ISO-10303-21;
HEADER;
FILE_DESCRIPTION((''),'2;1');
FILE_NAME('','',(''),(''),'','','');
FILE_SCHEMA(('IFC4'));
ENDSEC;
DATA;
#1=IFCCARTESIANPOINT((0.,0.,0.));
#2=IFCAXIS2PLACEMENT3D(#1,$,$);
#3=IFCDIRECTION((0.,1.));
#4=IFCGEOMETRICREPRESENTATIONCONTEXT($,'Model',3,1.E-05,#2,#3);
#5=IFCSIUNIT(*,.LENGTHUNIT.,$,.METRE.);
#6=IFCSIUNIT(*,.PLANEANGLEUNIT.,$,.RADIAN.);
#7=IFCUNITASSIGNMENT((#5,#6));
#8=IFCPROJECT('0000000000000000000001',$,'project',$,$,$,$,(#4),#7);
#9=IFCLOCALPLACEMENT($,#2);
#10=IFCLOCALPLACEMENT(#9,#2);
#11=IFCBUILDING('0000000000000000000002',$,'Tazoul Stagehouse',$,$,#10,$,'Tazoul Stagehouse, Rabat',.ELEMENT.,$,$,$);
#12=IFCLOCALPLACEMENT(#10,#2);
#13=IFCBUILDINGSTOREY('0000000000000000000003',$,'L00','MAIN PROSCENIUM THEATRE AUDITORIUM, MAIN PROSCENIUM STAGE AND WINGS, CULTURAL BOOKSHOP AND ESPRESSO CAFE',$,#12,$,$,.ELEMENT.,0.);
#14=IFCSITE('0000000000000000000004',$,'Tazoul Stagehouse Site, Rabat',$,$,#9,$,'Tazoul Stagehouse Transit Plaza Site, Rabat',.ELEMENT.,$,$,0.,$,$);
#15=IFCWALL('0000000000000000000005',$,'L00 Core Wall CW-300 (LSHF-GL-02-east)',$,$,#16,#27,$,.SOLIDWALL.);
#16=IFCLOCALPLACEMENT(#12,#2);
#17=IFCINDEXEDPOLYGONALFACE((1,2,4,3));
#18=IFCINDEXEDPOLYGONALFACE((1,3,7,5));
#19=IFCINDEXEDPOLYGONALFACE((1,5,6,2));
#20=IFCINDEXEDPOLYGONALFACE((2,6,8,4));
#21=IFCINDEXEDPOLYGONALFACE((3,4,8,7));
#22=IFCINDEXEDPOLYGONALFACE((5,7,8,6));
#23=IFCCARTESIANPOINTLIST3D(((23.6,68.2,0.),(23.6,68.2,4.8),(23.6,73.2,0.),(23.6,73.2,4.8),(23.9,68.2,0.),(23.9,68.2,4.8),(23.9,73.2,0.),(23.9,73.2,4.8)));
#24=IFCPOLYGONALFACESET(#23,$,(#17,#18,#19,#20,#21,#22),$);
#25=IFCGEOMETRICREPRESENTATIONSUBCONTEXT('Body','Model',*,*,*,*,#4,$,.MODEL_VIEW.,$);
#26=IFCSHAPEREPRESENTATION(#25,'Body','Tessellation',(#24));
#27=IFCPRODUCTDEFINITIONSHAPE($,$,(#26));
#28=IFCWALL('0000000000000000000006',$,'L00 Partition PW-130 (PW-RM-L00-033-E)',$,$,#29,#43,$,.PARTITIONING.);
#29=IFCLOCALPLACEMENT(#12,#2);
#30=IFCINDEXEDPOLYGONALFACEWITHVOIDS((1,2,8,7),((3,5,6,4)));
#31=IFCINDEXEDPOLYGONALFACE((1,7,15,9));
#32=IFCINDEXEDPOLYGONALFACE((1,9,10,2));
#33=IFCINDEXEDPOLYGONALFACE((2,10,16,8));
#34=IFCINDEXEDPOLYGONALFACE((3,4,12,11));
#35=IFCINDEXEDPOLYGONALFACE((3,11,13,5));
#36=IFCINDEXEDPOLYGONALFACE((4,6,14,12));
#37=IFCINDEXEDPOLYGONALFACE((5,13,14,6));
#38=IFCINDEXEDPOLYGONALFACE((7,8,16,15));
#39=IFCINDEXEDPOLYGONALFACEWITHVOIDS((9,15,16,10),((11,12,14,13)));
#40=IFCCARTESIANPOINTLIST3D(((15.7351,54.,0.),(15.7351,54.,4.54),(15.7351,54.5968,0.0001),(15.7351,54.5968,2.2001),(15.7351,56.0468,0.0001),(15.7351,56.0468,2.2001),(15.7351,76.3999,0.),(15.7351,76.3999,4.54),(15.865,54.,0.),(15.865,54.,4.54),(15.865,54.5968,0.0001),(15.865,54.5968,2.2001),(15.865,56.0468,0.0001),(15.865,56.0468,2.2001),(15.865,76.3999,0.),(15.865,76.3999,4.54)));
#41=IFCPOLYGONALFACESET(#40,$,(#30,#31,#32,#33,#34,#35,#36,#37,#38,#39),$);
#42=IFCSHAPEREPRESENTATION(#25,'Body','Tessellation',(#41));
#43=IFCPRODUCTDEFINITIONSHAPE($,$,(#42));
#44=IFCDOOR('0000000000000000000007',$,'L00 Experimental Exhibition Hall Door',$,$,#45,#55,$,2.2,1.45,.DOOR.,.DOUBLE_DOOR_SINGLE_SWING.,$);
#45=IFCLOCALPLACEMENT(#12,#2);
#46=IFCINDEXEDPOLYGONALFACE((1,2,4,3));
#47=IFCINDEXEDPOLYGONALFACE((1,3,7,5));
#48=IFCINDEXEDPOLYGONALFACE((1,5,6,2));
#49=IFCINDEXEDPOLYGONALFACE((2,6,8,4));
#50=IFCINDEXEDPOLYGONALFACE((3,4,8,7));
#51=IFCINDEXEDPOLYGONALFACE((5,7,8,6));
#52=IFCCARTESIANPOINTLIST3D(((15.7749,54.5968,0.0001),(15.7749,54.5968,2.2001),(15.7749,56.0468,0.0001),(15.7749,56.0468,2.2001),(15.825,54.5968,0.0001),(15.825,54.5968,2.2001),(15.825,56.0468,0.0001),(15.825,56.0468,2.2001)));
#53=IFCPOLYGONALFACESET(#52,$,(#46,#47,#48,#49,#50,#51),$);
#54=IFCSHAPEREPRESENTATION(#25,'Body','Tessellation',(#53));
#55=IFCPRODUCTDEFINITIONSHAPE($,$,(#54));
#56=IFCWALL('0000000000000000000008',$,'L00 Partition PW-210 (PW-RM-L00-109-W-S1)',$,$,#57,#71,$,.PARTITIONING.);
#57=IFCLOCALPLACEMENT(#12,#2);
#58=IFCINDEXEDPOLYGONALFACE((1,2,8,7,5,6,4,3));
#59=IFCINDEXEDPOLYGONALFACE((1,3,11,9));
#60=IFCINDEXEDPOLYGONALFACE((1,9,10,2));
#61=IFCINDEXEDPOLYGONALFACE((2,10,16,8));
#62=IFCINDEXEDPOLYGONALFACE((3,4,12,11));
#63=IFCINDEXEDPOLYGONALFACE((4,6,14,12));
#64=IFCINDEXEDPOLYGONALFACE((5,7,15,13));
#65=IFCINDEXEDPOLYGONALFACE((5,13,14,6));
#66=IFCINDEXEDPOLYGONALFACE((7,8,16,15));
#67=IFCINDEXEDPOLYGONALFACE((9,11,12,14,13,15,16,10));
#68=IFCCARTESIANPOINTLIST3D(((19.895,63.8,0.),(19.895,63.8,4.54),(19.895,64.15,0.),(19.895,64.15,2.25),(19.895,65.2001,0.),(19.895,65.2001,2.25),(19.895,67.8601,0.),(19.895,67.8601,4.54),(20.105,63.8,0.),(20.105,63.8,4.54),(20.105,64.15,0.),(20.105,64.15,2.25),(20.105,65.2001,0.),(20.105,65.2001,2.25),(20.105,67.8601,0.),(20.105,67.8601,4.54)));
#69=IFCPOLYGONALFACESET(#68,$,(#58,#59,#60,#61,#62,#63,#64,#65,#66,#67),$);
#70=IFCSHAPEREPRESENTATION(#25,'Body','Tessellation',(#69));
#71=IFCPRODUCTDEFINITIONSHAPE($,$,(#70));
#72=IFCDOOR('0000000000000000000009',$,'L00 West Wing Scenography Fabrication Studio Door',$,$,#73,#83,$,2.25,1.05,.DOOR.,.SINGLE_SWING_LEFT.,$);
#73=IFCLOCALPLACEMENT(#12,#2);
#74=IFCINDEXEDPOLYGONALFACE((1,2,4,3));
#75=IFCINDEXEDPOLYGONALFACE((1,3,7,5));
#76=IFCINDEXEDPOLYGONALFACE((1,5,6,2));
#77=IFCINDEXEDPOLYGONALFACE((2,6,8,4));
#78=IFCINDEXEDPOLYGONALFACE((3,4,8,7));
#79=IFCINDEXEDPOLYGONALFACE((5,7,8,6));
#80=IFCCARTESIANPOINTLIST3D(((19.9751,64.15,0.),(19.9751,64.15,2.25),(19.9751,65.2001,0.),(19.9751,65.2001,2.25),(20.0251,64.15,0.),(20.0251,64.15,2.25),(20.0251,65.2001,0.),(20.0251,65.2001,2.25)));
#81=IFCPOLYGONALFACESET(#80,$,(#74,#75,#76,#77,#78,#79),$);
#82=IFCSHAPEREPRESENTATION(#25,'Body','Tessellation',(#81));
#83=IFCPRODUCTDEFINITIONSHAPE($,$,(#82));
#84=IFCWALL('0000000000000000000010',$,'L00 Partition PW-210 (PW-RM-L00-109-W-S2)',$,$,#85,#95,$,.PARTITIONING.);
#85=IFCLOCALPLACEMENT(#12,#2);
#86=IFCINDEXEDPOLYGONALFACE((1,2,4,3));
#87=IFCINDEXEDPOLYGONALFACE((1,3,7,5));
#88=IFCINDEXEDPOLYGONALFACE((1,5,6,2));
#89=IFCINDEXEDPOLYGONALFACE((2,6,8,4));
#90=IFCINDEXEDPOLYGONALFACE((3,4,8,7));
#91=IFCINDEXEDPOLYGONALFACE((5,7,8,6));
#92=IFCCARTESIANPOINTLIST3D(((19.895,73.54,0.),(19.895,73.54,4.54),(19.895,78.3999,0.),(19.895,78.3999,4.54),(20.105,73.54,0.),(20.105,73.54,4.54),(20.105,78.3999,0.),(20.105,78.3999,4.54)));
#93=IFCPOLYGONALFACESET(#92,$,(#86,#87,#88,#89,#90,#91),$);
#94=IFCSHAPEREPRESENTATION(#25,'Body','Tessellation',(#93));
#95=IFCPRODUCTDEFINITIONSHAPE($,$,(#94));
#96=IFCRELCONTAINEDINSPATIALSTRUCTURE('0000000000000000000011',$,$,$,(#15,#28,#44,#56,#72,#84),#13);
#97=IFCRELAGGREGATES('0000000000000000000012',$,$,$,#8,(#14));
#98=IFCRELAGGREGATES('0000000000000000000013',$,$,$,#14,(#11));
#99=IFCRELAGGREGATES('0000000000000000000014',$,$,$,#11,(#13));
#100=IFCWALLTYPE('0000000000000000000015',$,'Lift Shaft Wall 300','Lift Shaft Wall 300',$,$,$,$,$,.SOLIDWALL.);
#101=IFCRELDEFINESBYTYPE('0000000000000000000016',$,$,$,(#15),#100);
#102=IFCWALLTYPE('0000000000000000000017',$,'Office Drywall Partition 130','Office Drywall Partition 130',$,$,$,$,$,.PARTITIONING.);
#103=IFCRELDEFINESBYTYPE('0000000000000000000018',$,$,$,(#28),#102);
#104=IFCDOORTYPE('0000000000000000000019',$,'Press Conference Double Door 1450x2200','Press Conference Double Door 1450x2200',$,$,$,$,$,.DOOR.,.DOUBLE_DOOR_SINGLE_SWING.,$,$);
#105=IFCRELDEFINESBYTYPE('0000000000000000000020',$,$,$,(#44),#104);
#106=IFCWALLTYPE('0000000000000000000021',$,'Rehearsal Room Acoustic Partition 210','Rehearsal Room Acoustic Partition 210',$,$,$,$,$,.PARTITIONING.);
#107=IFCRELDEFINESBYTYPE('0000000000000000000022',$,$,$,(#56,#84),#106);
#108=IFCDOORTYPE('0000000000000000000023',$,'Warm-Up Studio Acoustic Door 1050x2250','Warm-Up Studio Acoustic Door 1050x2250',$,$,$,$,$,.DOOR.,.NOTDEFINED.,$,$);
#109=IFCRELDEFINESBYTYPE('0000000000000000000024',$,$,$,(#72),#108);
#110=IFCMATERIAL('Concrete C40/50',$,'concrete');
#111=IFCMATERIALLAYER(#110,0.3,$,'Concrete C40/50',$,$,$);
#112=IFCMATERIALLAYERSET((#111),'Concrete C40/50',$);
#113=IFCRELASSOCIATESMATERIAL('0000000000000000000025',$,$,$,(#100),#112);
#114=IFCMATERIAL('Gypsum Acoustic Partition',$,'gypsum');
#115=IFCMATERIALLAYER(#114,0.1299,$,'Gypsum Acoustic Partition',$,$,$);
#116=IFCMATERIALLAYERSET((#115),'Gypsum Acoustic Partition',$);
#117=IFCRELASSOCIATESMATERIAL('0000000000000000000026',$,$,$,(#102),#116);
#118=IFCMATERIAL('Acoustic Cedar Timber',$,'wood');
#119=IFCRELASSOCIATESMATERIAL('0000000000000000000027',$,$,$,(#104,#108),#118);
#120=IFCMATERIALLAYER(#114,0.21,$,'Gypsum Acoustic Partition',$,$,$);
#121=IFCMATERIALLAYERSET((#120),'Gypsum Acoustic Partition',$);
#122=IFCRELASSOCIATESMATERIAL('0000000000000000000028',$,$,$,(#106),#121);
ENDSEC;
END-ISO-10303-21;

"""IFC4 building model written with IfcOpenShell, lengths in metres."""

from ifc_helpers import new_model, si_unit, direction, frame, frame_2d, origin, place, context, subcontext, project, spatial, rectangle, extrude, material, layer, layer_set, type_object, element, fill, save


model = new_model("IFC4")

# Units and contexts
model_context = context("Model", 3, precision=1e-05, world=origin(), true_north=direction((0.0, 1.0)))
body_context = subcontext(model_context, "Body", "Model", "MODEL_VIEW")
ifc_project = project(units=[si_unit("LENGTHUNIT", "METRE"), si_unit("PLANEANGLEUNIT", "RADIAN")], contexts=[model_context])

# Site, building, storey
site_placement = place(None, origin())
site = spatial("IfcSite", under=ifc_project, at=site_placement, Name="Tazoul Stagehouse Site, Rabat", LongName="Tazoul Stagehouse Transit Plaza Site, Rabat", CompositionType="ELEMENT", RefElevation=0.0)
building_placement = place(site_placement, origin())
building = spatial("IfcBuilding", under=site, at=building_placement, Name="Tazoul Stagehouse", LongName="Tazoul Stagehouse, Rabat", CompositionType="ELEMENT")
storey_placement = place(building_placement, origin())
storey = spatial("IfcBuildingStorey", under=building, at=storey_placement, Name="L00", Description="MAIN PROSCENIUM THEATRE AUDITORIUM, MAIN PROSCENIUM STAGE AND WINGS, CULTURAL BOOKSHOP AND ESPRESSO CAFE", CompositionType="ELEMENT", Elevation=0.0)

# Shared definitions
ifc_material_1 = material(Name="Concrete C40/50", Category="concrete")

# Shared definitions
ifc_layer_1 = layer(ifc_material_1, 0.3, Name="Concrete C40/50")
ifc_layer_set_1 = layer_set([ifc_layer_1], Name="Concrete C40/50")
wall_type_1 = type_object("IfcWallType", Name="Lift Shaft Wall 300", Description="Lift Shaft Wall 300", PredefinedType="SOLIDWALL", material=ifc_layer_set_1)

# Wall
wall_1_placement = place(storey_placement, frame((23.75, 73.2, 0.0), z_axis=(0.0, 0.0, 1.0), x_axis=(0.0, -1.0, 0.0)))
element("IfcWall", 1, at=wall_1_placement, inside=storey, type_object=wall_type_1, Name="L00 Core Wall CW-300 (LSHF-GL-02-east)", PredefinedType="SOLIDWALL", context=body_context, shape_type="SweptSolid", body=[
    extrude(rectangle(XDim=5.0, YDim=0.3, at=frame_2d((2.5, 0.0))), origin(), (0.0, 0.0, 1.0), 4.8),
])

# Walls, openings, doors
ifc_material_2 = material(Name="Gypsum Acoustic Partition", Category="gypsum")
ifc_layer_2 = layer(ifc_material_2, 0.1299, Name="Gypsum Acoustic Partition")
ifc_layer_set_2 = layer_set([ifc_layer_2], Name="Gypsum Acoustic Partition")
wall_type_2 = type_object("IfcWallType", Name="Office Drywall Partition 130", Description="Office Drywall Partition 130", PredefinedType="PARTITIONING", material=ifc_layer_set_2)
wall_2_placement = place(storey_placement, frame((15.8, 76.3999, 0.0), z_axis=(0.0, 0.0, 1.0), x_axis=(0.0, -1.0, 0.0)))
wall_2 = element("IfcWall", 2, at=wall_2_placement, inside=storey, type_object=wall_type_2, Name="L00 Partition PW-130 (PW-RM-L00-033-E)", PredefinedType="PARTITIONING", context=body_context, shape_type="SweptSolid", body=[
    extrude(rectangle(XDim=22.3999, YDim=0.1299, at=frame_2d((11.2, 0.0))), origin(), (0.0, 0.0, 1.0), 4.54),
])
opening_1_placement = place(wall_2_placement, frame((20.353, 0.0, 0.0)))
opening_1 = element("IfcOpeningElement", 3, at=opening_1_placement, cuts=wall_2, PredefinedType="OPENING", context=body_context, shape_type="SweptSolid", body=[
    extrude(rectangle(XDim=1.45, YDim=2.2, at=frame_2d((0.7251, 1.1001))), frame((0.0, 0.085, 0.0), z_axis=(0.0, -1.0, 0.0), x_axis=(1.0, 0.0, 0.0)), (0.0, 0.0, 1.0), 0.1699),
])
ifc_material_3 = material(Name="Acoustic Cedar Timber", Category="wood")
door_type_1 = type_object("IfcDoorType", Name="Press Conference Double Door 1450x2200", Description="Press Conference Double Door 1450x2200", OperationType="DOUBLE_DOOR_SINGLE_SWING", PredefinedType="DOOR", material=ifc_material_3)
door_1_placement = place(opening_1_placement, origin())
door_1 = element("IfcDoor", 4, at=door_1_placement, inside=storey, type_object=door_type_1, Name="L00 Experimental Exhibition Hall Door", OperationType="DOUBLE_DOOR_SINGLE_SWING", OverallHeight=2.2, OverallWidth=1.45, PredefinedType="DOOR", context=body_context, shape_type="SweptSolid", body=[
    extrude(rectangle(XDim=1.45, YDim=2.2, at=frame_2d((0.7251, 1.1001))), frame((0.0, 0.0249, 0.0), z_axis=(0.0, -1.0, 0.0), x_axis=(1.0, 0.0, 0.0)), (0.0, 0.0, 1.0), 0.05),
])
fill(opening_1, door_1)
ifc_layer_3 = layer(ifc_material_2, 0.21, Name="Gypsum Acoustic Partition")
ifc_layer_set_3 = layer_set([ifc_layer_3], Name="Gypsum Acoustic Partition")
wall_type_3 = type_object("IfcWallType", Name="Rehearsal Room Acoustic Partition 210", Description="Rehearsal Room Acoustic Partition 210", PredefinedType="PARTITIONING", material=ifc_layer_set_3)
wall_3_placement = place(storey_placement, frame((20.0, 63.8, 0.0), z_axis=(0.0, 0.0, 1.0), x_axis=(0.0, 1.0, 0.0)))
wall_3 = element("IfcWall", 5, at=wall_3_placement, inside=storey, type_object=wall_type_3, Name="L00 Partition PW-210 (PW-RM-L00-109-W-S1)", PredefinedType="PARTITIONING", context=body_context, shape_type="SweptSolid", body=[
    extrude(rectangle(XDim=4.0601, YDim=0.21, at=frame_2d((2.03, 0.0))), origin(), (0.0, 0.0, 1.0), 4.54),
])
opening_2_placement = place(wall_3_placement, frame((0.3501, 0.0, 0.0)))
opening_2 = element("IfcOpeningElement", 6, at=opening_2_placement, cuts=wall_3, PredefinedType="OPENING", context=body_context, shape_type="SweptSolid", body=[
    extrude(rectangle(XDim=1.05, YDim=2.25, at=frame_2d((0.5249, 1.125))), frame((0.0, 0.125, 0.0), z_axis=(0.0, -1.0, 0.0), x_axis=(1.0, 0.0, 0.0)), (0.0, 0.0, 1.0), 0.25),
])
door_type_2 = type_object("IfcDoorType", Name="Warm-Up Studio Acoustic Door 1050x2250", Description="Warm-Up Studio Acoustic Door 1050x2250", OperationType="NOTDEFINED", PredefinedType="DOOR", material=ifc_material_3)
door_2_placement = place(opening_2_placement, origin())
door_2 = element("IfcDoor", 7, at=door_2_placement, inside=storey, type_object=door_type_2, Name="L00 West Wing Scenography Fabrication Studio Door", OperationType="SINGLE_SWING_LEFT", OverallHeight=2.25, OverallWidth=1.05, PredefinedType="DOOR", context=body_context, shape_type="SweptSolid", body=[
    extrude(rectangle(XDim=1.05, YDim=2.25, at=frame_2d((0.5249, 1.125))), frame((0.0, 0.0249, 0.0), z_axis=(0.0, -1.0, 0.0), x_axis=(1.0, 0.0, 0.0)), (0.0, 0.0, 1.0), 0.05),
])
fill(opening_2, door_2)

# Wall
wall_4_placement = place(storey_placement, frame((20.0, 73.54, 0.0), z_axis=(0.0, 0.0, 1.0), x_axis=(0.0, 1.0, 0.0)))
element("IfcWall", 8, at=wall_4_placement, inside=storey, type_object=wall_type_3, Name="L00 Partition PW-210 (PW-RM-L00-109-W-S2)", PredefinedType="PARTITIONING", context=body_context, shape_type="SweptSolid", body=[
    extrude(rectangle(XDim=4.8599, YDim=0.21, at=frame_2d((2.4299, 0.0))), origin(), (0.0, 0.0, 1.0), 4.54),
])

save(model, "model.ifc")
